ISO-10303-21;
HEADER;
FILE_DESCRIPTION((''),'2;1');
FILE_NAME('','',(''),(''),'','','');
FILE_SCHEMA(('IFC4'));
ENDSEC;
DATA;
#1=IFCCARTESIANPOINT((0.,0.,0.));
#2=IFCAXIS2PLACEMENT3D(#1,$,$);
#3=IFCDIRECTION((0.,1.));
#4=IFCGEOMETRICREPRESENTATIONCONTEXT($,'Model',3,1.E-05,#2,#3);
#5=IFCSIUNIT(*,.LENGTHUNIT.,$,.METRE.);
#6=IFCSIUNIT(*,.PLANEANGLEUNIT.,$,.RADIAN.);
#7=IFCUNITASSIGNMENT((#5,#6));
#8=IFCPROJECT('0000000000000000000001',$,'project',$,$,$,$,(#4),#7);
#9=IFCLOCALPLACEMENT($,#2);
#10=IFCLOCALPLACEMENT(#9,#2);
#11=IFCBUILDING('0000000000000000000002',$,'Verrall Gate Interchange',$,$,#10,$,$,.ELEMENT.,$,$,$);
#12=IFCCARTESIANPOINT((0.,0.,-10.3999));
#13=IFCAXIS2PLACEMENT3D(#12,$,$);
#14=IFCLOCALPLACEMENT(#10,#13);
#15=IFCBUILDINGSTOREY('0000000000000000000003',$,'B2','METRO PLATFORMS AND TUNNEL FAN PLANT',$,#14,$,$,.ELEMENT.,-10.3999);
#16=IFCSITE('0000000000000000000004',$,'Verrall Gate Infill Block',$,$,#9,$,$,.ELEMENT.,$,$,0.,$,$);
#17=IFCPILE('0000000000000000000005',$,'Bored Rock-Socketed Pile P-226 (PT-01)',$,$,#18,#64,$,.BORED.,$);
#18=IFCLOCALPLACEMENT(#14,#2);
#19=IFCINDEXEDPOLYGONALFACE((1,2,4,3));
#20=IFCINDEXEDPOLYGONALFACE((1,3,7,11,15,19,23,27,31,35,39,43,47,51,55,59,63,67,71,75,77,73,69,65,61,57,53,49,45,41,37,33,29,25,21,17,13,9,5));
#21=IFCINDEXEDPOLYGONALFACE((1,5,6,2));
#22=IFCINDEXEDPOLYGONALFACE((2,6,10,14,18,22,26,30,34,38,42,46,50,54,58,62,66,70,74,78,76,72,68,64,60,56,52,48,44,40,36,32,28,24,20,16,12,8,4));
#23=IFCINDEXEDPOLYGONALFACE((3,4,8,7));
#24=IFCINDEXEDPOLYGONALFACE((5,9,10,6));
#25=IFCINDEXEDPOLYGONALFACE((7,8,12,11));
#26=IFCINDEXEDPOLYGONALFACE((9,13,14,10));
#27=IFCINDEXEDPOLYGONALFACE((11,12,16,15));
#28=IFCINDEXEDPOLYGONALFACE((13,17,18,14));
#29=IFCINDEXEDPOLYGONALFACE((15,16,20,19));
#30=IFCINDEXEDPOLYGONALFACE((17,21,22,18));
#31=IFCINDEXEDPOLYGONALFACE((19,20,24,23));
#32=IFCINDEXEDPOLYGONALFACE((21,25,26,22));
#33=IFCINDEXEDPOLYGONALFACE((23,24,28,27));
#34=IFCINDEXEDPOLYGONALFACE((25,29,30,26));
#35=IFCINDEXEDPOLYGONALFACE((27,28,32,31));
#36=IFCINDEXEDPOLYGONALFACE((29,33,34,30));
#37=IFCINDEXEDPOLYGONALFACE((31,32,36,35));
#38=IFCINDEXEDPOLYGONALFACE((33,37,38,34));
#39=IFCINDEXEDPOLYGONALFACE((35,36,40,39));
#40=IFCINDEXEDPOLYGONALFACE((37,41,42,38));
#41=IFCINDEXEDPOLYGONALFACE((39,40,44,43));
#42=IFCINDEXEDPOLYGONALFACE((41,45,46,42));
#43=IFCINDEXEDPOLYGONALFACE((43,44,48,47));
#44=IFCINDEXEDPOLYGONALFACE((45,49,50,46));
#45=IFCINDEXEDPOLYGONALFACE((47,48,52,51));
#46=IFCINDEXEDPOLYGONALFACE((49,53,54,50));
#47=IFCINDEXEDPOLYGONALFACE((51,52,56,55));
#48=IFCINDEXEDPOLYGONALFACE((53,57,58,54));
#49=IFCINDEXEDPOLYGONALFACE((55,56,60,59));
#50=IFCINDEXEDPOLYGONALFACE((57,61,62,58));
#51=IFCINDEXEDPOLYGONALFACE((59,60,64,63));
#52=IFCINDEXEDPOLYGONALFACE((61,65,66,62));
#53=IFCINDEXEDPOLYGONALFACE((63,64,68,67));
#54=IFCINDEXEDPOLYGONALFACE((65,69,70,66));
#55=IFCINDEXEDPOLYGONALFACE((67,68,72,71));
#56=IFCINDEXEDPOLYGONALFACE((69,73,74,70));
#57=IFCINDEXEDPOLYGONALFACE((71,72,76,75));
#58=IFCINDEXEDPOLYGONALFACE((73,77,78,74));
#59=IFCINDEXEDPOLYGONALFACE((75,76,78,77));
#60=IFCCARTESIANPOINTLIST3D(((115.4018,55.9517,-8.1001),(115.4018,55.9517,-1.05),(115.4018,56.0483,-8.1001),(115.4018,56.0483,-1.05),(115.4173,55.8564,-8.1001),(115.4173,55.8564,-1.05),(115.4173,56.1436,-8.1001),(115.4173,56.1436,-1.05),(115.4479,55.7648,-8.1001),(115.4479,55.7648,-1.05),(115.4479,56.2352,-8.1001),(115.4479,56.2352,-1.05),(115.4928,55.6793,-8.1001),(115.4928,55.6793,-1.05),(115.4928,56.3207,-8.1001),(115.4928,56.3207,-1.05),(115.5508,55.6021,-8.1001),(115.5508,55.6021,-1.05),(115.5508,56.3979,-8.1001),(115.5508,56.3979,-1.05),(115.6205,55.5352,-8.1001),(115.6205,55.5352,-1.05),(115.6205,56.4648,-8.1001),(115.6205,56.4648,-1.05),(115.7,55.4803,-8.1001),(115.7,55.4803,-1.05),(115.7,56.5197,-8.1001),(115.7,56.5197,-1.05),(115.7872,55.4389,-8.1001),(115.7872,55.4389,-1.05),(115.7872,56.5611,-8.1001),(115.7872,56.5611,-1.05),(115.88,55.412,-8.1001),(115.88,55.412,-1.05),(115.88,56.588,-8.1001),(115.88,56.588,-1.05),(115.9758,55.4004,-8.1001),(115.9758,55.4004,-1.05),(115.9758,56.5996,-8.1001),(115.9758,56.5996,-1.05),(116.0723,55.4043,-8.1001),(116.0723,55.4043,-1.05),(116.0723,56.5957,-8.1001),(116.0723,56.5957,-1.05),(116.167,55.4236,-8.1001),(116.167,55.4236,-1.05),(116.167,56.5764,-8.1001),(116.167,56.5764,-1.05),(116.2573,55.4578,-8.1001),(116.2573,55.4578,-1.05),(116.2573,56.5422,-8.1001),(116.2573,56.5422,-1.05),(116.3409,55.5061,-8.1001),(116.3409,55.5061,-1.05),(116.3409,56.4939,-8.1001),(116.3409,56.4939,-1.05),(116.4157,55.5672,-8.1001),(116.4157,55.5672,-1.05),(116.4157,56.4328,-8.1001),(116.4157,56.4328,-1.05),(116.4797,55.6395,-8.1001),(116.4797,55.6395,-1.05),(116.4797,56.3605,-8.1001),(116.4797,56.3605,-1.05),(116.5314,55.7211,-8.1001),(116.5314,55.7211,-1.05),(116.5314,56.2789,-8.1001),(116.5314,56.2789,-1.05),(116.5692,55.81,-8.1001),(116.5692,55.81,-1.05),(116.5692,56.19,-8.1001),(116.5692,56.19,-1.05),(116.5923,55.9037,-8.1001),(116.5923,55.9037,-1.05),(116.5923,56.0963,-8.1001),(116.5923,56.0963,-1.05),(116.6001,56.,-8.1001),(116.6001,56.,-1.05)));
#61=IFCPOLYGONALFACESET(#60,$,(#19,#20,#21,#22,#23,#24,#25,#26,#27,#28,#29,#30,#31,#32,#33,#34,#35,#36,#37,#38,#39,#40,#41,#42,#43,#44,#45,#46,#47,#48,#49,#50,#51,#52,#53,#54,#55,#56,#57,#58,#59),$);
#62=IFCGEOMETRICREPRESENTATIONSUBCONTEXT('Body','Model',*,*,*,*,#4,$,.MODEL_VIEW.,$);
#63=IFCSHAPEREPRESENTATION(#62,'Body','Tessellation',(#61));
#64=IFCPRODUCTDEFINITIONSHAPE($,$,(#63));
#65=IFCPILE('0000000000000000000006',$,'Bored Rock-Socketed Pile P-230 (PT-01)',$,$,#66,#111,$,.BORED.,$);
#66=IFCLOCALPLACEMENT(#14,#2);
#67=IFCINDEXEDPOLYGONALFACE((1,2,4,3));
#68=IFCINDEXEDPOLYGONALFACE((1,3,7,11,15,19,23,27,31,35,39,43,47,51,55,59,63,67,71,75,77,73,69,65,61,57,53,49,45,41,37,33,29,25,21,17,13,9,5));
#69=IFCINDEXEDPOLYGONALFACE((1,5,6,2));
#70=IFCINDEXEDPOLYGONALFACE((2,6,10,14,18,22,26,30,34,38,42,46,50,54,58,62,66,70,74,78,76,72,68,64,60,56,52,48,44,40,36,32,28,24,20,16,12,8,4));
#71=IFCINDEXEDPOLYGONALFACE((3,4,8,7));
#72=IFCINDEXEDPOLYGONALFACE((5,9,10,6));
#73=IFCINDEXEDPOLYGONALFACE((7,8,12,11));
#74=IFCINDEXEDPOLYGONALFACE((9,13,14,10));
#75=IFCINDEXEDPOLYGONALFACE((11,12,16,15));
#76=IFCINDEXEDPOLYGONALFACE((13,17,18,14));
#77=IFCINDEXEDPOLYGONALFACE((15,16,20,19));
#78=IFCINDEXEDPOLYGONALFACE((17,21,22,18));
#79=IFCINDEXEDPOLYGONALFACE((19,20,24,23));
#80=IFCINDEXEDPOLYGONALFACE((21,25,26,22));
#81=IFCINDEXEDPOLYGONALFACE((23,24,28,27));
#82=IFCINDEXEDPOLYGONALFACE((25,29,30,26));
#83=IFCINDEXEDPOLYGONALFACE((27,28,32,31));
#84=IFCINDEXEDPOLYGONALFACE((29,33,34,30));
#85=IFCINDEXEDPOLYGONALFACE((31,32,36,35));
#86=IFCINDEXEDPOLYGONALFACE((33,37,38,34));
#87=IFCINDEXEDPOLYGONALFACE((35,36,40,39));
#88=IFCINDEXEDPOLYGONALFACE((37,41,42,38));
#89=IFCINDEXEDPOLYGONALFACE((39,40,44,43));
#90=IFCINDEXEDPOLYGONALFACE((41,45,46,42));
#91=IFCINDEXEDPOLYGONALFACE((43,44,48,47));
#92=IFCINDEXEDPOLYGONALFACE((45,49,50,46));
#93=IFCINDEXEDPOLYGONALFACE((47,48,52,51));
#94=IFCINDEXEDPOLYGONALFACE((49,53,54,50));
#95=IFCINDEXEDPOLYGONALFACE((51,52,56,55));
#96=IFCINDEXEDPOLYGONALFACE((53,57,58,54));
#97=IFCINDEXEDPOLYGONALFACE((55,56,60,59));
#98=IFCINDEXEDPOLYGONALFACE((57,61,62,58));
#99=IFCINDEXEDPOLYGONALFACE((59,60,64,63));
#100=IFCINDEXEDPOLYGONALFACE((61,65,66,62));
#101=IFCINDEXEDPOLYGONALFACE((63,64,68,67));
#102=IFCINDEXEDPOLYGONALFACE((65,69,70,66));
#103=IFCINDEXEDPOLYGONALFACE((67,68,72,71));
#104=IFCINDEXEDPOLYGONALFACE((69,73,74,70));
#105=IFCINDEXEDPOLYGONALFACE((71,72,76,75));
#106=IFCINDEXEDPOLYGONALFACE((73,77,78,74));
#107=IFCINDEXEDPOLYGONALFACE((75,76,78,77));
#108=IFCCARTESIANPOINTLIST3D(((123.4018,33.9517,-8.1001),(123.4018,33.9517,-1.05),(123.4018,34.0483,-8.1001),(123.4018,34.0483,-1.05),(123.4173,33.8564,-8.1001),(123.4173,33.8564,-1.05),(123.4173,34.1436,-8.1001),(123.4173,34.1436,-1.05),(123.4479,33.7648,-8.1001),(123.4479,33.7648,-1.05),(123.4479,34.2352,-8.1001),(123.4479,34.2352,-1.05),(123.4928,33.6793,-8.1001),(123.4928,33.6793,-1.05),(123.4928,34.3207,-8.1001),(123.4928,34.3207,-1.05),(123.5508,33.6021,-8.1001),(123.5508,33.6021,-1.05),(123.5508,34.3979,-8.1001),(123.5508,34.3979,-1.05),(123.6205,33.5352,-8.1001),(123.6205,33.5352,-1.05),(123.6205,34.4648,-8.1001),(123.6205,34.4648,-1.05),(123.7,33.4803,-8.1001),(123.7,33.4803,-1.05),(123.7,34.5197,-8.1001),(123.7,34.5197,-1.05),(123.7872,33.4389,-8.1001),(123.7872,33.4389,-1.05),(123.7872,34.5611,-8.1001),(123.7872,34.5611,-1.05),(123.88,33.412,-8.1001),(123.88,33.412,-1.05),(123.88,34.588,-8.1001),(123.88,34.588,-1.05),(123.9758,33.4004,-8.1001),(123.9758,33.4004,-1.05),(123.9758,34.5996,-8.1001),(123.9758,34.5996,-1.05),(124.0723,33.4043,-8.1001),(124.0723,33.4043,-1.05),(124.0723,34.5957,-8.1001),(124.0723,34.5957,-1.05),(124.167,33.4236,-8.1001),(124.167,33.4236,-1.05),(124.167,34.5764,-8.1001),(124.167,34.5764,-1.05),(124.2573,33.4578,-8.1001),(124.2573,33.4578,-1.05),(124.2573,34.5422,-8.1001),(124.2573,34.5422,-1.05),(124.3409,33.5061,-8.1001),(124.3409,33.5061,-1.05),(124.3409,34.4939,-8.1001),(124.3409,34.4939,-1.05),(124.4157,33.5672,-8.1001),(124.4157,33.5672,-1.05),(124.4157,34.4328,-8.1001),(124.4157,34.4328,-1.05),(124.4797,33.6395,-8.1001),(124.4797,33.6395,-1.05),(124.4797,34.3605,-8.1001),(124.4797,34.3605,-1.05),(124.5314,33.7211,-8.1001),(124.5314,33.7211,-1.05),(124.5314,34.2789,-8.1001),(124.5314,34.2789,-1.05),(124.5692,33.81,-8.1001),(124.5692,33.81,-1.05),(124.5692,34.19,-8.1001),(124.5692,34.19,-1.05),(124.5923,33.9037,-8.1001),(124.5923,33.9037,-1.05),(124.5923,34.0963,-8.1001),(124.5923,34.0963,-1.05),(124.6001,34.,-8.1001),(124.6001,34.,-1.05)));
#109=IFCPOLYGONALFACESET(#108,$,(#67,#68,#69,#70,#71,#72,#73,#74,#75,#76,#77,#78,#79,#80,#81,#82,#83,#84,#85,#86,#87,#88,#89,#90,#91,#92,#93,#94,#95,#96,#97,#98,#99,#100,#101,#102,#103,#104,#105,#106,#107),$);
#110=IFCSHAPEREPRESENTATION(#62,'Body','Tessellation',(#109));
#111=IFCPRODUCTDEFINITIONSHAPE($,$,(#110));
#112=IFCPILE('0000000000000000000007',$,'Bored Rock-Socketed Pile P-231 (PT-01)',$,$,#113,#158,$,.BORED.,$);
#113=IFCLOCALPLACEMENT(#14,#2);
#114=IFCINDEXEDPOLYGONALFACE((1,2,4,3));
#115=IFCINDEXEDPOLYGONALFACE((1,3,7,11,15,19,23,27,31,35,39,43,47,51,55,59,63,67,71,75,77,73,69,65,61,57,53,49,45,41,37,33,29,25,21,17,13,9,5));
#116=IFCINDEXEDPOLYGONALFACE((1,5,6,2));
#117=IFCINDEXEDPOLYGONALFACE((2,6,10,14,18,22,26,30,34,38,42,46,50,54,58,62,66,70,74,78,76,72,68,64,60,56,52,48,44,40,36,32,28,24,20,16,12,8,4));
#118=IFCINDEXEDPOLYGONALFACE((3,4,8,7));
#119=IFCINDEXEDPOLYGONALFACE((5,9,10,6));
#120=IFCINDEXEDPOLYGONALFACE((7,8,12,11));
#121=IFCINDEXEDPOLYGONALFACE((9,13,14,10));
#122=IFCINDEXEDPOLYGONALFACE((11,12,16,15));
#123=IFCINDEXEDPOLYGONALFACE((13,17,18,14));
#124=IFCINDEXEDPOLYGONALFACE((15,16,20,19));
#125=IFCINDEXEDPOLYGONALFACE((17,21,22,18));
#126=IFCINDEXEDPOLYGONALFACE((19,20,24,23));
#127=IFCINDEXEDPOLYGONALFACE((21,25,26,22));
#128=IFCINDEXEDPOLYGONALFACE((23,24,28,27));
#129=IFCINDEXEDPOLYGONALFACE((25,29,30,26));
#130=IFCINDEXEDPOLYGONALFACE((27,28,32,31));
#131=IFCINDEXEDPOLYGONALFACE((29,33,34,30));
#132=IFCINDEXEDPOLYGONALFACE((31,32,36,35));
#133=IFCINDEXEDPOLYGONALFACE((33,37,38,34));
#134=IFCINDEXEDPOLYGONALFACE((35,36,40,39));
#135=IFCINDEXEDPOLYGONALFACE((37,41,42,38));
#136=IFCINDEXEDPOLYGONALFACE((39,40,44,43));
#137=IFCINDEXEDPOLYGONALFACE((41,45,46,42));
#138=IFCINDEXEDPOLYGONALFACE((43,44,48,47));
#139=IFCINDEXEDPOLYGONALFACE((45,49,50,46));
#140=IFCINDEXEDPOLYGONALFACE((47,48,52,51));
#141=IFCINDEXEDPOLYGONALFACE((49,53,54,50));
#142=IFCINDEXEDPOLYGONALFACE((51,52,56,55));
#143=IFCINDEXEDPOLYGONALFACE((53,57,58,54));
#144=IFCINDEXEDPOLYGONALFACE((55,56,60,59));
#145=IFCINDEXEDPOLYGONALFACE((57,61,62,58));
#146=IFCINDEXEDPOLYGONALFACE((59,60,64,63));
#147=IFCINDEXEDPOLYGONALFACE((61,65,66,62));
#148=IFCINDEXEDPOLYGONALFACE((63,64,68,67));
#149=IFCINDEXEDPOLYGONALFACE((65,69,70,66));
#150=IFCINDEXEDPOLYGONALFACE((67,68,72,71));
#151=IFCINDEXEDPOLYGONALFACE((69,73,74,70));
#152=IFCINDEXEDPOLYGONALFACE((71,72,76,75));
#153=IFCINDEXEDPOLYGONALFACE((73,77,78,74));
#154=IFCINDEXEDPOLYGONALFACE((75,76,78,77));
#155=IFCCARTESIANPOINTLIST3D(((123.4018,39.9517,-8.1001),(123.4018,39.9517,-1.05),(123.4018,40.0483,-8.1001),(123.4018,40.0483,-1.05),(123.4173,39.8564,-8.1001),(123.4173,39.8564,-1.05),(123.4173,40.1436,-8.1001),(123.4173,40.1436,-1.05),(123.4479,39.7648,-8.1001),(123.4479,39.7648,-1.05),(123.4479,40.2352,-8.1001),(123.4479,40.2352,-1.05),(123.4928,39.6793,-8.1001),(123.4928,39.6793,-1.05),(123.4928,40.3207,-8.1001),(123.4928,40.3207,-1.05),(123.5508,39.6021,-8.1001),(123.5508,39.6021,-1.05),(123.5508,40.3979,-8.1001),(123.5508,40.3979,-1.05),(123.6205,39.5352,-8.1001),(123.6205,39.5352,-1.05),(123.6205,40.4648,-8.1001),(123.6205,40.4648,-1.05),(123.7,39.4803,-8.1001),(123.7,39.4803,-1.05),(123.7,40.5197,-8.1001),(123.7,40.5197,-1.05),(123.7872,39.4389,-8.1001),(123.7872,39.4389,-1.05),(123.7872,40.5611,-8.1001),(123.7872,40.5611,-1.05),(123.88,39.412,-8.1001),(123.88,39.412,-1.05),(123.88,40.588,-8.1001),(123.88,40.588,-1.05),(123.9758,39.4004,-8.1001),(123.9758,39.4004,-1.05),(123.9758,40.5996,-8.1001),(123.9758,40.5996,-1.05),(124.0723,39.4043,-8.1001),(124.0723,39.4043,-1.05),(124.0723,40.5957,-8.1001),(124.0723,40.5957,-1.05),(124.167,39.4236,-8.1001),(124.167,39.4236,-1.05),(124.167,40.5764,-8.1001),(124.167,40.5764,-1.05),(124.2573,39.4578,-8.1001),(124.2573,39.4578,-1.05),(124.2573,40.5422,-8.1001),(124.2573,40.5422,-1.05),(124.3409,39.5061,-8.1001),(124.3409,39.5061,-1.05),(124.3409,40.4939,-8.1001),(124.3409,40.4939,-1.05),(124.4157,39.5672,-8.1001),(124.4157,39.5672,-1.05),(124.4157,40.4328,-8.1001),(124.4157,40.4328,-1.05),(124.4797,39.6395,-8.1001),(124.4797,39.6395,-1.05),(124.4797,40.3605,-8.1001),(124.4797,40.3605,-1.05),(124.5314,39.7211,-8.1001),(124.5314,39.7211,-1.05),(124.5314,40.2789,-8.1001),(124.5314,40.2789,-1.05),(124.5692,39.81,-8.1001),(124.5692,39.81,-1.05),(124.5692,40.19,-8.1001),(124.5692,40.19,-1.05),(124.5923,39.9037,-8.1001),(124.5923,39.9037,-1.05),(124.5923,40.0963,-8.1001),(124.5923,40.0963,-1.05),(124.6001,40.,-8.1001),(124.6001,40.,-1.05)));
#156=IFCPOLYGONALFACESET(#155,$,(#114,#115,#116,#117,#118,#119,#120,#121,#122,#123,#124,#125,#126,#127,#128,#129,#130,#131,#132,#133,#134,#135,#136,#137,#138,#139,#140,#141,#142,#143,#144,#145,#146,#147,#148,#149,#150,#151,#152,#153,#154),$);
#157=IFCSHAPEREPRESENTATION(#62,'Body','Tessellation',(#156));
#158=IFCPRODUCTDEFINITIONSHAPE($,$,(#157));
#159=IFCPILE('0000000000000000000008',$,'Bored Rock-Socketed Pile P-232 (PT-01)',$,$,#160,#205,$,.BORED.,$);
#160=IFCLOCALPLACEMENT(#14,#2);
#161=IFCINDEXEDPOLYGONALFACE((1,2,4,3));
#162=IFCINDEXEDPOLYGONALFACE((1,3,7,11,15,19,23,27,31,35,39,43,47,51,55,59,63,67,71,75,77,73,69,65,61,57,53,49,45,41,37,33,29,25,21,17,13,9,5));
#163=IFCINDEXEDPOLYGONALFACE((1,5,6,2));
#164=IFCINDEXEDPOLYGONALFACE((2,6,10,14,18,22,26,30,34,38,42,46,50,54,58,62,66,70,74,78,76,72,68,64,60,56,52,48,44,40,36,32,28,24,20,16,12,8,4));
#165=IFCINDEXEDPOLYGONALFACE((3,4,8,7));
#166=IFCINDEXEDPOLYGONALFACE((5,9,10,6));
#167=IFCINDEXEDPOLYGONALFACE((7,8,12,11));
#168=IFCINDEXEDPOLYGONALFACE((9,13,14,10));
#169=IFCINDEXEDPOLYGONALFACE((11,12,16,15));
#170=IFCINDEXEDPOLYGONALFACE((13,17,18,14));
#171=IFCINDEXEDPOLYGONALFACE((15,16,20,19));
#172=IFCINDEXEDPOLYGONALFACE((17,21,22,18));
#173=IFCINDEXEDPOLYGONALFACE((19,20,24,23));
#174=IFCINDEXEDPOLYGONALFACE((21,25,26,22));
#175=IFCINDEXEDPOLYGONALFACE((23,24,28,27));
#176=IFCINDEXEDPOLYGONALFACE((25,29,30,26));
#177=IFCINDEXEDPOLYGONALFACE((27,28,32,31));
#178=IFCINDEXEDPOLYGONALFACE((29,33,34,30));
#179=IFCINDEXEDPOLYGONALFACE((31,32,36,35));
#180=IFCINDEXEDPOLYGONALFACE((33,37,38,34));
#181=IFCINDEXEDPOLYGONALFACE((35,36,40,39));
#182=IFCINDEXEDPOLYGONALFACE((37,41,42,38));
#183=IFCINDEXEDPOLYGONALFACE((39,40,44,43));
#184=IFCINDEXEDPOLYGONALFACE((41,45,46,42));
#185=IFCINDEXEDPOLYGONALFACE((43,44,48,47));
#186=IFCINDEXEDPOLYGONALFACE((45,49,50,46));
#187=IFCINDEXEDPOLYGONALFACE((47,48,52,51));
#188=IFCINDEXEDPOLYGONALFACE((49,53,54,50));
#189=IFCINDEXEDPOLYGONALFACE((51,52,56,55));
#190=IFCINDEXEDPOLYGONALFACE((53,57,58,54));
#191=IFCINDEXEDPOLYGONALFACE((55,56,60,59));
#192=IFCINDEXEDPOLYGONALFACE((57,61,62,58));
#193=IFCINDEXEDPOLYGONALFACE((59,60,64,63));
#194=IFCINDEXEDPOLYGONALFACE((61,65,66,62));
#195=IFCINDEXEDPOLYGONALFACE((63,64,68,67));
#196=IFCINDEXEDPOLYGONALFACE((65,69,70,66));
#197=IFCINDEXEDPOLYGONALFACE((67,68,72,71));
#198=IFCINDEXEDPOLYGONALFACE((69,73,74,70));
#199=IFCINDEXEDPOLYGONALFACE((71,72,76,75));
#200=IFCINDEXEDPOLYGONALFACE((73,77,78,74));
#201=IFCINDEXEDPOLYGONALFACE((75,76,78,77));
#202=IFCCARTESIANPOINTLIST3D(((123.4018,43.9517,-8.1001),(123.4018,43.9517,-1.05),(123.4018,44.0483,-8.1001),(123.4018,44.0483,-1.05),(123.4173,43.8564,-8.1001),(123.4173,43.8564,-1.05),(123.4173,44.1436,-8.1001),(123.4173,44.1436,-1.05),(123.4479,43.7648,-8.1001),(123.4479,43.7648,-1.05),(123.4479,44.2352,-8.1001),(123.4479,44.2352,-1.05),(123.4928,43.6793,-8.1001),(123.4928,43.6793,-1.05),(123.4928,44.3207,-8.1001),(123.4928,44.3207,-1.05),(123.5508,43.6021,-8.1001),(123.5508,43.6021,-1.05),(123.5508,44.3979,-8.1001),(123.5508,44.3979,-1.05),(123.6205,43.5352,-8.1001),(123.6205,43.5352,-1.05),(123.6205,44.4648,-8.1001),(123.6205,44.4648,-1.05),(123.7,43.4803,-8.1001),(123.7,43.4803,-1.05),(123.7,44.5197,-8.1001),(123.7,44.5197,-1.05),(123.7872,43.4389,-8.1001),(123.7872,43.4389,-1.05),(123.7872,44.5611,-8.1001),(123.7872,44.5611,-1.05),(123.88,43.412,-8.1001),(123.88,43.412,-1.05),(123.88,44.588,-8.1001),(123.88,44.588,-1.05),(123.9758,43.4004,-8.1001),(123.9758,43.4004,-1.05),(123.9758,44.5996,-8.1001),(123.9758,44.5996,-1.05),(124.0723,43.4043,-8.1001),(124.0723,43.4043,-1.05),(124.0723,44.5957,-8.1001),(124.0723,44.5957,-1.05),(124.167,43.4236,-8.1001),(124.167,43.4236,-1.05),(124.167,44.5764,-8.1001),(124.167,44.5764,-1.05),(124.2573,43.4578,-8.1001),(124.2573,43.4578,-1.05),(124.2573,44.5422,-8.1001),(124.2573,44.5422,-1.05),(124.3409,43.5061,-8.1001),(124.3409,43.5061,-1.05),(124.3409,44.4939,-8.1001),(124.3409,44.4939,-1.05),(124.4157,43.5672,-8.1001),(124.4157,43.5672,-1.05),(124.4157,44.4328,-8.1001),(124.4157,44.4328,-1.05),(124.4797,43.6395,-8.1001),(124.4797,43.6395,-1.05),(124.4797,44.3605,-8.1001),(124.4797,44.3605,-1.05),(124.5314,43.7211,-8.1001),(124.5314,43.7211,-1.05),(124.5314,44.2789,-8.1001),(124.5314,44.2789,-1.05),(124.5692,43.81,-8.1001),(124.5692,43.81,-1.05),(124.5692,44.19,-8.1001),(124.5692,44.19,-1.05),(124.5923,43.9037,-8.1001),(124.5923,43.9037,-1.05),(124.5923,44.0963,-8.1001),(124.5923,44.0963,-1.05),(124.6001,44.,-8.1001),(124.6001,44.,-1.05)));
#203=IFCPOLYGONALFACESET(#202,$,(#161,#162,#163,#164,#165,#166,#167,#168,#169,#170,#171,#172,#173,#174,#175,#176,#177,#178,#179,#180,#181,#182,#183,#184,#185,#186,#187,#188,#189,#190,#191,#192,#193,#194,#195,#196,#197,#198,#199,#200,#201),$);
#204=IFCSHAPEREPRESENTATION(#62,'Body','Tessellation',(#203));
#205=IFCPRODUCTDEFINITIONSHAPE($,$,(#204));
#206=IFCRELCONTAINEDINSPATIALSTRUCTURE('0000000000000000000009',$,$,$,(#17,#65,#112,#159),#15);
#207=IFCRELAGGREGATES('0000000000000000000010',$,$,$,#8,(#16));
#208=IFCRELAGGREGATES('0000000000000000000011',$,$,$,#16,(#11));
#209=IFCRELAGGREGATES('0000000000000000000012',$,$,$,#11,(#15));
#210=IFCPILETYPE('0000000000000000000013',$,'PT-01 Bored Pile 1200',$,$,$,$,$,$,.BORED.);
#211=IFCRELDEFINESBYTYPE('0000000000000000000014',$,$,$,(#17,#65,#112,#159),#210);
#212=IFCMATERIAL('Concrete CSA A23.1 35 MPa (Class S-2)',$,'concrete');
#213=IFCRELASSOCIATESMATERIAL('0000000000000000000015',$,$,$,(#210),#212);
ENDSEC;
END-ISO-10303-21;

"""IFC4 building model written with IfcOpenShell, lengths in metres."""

from ifc_helpers import new_model, si_unit, direction, frame, origin, origin_2d, place, context, subcontext, project, spatial, circle, extrude, material, material_profile, profile_set, type_object, element, save


model = new_model("IFC4")

# Units and contexts
model_context = context("Model", 3, precision=1e-05, world=origin(), true_north=direction((0.0, 1.0)))
body_context = subcontext(model_context, "Body", "Model", "MODEL_VIEW")
ifc_project = project(units=[si_unit("LENGTHUNIT", "METRE"), si_unit("PLANEANGLEUNIT", "RADIAN")], contexts=[model_context])

# Site, building, storey
site_placement = place(None, origin())
site = spatial("IfcSite", under=ifc_project, at=site_placement, Name="Verrall Gate Infill Block", CompositionType="ELEMENT", RefElevation=0.0)
building_placement = place(site_placement, origin())
building = spatial("IfcBuilding", under=site, at=building_placement, Name="Verrall Gate Interchange", CompositionType="ELEMENT")
storey_placement = place(building_placement, frame((0.0, 0.0, -10.3999)))
storey = spatial("IfcBuildingStorey", under=building, at=storey_placement, Name="B2", Description="METRO PLATFORMS AND TUNNEL FAN PLANT", CompositionType="ELEMENT", Elevation=-10.3999)

# Piles
ifc_material_1 = material(Name="Concrete CSA A23.1 35 MPa (Class S-2)", Category="concrete")
ifc_material_profile_1 = material_profile(ifc_material_1, circle(Radius=0.6001, at=origin_2d()), Name="PILE1200D")
ifc_profile_set_1 = profile_set([ifc_material_profile_1], Name="Concrete CSA A23.1 35 MPa (Class S-2)")
pile_type = type_object("IfcPileType", Name="PT-01 Bored Pile 1200", PredefinedType="BORED", material=ifc_profile_set_1)
for number, where, z_axis, x_axis, name in (
    (1, (116.0, 56.0, -1.05), (0.0, 0.0, -1.0), (1.0, 0.0, 0.0), "Bored Rock-Socketed Pile P-226 (PT-01)"),
    (2, (124.0, 34.0, -1.05), (0.0, 0.0, -1.0), (1.0, 0.0, 0.0), "Bored Rock-Socketed Pile P-230 (PT-01)"),
    (3, (124.0, 40.0, -1.05), (0.0, 0.0, -1.0), (1.0, 0.0, 0.0), "Bored Rock-Socketed Pile P-231 (PT-01)"),
    (4, (124.0, 44.0, -1.05), (0.0, 0.0, -1.0), (1.0, 0.0, 0.0), "Bored Rock-Socketed Pile P-232 (PT-01)"),
):
    element("IfcPile", number, at=place(storey_placement, frame(where, z_axis=z_axis, x_axis=x_axis)), inside=storey, type_object=pile_type, Name=name, PredefinedType="BORED", context=body_context, shape_type="SweptSolid", body=[
        extrude(circle(Radius=0.6001, at=origin_2d()), origin(), (0.0, 0.0, 1.0), 7.05),
    ])

save(model, "model.ifc")
